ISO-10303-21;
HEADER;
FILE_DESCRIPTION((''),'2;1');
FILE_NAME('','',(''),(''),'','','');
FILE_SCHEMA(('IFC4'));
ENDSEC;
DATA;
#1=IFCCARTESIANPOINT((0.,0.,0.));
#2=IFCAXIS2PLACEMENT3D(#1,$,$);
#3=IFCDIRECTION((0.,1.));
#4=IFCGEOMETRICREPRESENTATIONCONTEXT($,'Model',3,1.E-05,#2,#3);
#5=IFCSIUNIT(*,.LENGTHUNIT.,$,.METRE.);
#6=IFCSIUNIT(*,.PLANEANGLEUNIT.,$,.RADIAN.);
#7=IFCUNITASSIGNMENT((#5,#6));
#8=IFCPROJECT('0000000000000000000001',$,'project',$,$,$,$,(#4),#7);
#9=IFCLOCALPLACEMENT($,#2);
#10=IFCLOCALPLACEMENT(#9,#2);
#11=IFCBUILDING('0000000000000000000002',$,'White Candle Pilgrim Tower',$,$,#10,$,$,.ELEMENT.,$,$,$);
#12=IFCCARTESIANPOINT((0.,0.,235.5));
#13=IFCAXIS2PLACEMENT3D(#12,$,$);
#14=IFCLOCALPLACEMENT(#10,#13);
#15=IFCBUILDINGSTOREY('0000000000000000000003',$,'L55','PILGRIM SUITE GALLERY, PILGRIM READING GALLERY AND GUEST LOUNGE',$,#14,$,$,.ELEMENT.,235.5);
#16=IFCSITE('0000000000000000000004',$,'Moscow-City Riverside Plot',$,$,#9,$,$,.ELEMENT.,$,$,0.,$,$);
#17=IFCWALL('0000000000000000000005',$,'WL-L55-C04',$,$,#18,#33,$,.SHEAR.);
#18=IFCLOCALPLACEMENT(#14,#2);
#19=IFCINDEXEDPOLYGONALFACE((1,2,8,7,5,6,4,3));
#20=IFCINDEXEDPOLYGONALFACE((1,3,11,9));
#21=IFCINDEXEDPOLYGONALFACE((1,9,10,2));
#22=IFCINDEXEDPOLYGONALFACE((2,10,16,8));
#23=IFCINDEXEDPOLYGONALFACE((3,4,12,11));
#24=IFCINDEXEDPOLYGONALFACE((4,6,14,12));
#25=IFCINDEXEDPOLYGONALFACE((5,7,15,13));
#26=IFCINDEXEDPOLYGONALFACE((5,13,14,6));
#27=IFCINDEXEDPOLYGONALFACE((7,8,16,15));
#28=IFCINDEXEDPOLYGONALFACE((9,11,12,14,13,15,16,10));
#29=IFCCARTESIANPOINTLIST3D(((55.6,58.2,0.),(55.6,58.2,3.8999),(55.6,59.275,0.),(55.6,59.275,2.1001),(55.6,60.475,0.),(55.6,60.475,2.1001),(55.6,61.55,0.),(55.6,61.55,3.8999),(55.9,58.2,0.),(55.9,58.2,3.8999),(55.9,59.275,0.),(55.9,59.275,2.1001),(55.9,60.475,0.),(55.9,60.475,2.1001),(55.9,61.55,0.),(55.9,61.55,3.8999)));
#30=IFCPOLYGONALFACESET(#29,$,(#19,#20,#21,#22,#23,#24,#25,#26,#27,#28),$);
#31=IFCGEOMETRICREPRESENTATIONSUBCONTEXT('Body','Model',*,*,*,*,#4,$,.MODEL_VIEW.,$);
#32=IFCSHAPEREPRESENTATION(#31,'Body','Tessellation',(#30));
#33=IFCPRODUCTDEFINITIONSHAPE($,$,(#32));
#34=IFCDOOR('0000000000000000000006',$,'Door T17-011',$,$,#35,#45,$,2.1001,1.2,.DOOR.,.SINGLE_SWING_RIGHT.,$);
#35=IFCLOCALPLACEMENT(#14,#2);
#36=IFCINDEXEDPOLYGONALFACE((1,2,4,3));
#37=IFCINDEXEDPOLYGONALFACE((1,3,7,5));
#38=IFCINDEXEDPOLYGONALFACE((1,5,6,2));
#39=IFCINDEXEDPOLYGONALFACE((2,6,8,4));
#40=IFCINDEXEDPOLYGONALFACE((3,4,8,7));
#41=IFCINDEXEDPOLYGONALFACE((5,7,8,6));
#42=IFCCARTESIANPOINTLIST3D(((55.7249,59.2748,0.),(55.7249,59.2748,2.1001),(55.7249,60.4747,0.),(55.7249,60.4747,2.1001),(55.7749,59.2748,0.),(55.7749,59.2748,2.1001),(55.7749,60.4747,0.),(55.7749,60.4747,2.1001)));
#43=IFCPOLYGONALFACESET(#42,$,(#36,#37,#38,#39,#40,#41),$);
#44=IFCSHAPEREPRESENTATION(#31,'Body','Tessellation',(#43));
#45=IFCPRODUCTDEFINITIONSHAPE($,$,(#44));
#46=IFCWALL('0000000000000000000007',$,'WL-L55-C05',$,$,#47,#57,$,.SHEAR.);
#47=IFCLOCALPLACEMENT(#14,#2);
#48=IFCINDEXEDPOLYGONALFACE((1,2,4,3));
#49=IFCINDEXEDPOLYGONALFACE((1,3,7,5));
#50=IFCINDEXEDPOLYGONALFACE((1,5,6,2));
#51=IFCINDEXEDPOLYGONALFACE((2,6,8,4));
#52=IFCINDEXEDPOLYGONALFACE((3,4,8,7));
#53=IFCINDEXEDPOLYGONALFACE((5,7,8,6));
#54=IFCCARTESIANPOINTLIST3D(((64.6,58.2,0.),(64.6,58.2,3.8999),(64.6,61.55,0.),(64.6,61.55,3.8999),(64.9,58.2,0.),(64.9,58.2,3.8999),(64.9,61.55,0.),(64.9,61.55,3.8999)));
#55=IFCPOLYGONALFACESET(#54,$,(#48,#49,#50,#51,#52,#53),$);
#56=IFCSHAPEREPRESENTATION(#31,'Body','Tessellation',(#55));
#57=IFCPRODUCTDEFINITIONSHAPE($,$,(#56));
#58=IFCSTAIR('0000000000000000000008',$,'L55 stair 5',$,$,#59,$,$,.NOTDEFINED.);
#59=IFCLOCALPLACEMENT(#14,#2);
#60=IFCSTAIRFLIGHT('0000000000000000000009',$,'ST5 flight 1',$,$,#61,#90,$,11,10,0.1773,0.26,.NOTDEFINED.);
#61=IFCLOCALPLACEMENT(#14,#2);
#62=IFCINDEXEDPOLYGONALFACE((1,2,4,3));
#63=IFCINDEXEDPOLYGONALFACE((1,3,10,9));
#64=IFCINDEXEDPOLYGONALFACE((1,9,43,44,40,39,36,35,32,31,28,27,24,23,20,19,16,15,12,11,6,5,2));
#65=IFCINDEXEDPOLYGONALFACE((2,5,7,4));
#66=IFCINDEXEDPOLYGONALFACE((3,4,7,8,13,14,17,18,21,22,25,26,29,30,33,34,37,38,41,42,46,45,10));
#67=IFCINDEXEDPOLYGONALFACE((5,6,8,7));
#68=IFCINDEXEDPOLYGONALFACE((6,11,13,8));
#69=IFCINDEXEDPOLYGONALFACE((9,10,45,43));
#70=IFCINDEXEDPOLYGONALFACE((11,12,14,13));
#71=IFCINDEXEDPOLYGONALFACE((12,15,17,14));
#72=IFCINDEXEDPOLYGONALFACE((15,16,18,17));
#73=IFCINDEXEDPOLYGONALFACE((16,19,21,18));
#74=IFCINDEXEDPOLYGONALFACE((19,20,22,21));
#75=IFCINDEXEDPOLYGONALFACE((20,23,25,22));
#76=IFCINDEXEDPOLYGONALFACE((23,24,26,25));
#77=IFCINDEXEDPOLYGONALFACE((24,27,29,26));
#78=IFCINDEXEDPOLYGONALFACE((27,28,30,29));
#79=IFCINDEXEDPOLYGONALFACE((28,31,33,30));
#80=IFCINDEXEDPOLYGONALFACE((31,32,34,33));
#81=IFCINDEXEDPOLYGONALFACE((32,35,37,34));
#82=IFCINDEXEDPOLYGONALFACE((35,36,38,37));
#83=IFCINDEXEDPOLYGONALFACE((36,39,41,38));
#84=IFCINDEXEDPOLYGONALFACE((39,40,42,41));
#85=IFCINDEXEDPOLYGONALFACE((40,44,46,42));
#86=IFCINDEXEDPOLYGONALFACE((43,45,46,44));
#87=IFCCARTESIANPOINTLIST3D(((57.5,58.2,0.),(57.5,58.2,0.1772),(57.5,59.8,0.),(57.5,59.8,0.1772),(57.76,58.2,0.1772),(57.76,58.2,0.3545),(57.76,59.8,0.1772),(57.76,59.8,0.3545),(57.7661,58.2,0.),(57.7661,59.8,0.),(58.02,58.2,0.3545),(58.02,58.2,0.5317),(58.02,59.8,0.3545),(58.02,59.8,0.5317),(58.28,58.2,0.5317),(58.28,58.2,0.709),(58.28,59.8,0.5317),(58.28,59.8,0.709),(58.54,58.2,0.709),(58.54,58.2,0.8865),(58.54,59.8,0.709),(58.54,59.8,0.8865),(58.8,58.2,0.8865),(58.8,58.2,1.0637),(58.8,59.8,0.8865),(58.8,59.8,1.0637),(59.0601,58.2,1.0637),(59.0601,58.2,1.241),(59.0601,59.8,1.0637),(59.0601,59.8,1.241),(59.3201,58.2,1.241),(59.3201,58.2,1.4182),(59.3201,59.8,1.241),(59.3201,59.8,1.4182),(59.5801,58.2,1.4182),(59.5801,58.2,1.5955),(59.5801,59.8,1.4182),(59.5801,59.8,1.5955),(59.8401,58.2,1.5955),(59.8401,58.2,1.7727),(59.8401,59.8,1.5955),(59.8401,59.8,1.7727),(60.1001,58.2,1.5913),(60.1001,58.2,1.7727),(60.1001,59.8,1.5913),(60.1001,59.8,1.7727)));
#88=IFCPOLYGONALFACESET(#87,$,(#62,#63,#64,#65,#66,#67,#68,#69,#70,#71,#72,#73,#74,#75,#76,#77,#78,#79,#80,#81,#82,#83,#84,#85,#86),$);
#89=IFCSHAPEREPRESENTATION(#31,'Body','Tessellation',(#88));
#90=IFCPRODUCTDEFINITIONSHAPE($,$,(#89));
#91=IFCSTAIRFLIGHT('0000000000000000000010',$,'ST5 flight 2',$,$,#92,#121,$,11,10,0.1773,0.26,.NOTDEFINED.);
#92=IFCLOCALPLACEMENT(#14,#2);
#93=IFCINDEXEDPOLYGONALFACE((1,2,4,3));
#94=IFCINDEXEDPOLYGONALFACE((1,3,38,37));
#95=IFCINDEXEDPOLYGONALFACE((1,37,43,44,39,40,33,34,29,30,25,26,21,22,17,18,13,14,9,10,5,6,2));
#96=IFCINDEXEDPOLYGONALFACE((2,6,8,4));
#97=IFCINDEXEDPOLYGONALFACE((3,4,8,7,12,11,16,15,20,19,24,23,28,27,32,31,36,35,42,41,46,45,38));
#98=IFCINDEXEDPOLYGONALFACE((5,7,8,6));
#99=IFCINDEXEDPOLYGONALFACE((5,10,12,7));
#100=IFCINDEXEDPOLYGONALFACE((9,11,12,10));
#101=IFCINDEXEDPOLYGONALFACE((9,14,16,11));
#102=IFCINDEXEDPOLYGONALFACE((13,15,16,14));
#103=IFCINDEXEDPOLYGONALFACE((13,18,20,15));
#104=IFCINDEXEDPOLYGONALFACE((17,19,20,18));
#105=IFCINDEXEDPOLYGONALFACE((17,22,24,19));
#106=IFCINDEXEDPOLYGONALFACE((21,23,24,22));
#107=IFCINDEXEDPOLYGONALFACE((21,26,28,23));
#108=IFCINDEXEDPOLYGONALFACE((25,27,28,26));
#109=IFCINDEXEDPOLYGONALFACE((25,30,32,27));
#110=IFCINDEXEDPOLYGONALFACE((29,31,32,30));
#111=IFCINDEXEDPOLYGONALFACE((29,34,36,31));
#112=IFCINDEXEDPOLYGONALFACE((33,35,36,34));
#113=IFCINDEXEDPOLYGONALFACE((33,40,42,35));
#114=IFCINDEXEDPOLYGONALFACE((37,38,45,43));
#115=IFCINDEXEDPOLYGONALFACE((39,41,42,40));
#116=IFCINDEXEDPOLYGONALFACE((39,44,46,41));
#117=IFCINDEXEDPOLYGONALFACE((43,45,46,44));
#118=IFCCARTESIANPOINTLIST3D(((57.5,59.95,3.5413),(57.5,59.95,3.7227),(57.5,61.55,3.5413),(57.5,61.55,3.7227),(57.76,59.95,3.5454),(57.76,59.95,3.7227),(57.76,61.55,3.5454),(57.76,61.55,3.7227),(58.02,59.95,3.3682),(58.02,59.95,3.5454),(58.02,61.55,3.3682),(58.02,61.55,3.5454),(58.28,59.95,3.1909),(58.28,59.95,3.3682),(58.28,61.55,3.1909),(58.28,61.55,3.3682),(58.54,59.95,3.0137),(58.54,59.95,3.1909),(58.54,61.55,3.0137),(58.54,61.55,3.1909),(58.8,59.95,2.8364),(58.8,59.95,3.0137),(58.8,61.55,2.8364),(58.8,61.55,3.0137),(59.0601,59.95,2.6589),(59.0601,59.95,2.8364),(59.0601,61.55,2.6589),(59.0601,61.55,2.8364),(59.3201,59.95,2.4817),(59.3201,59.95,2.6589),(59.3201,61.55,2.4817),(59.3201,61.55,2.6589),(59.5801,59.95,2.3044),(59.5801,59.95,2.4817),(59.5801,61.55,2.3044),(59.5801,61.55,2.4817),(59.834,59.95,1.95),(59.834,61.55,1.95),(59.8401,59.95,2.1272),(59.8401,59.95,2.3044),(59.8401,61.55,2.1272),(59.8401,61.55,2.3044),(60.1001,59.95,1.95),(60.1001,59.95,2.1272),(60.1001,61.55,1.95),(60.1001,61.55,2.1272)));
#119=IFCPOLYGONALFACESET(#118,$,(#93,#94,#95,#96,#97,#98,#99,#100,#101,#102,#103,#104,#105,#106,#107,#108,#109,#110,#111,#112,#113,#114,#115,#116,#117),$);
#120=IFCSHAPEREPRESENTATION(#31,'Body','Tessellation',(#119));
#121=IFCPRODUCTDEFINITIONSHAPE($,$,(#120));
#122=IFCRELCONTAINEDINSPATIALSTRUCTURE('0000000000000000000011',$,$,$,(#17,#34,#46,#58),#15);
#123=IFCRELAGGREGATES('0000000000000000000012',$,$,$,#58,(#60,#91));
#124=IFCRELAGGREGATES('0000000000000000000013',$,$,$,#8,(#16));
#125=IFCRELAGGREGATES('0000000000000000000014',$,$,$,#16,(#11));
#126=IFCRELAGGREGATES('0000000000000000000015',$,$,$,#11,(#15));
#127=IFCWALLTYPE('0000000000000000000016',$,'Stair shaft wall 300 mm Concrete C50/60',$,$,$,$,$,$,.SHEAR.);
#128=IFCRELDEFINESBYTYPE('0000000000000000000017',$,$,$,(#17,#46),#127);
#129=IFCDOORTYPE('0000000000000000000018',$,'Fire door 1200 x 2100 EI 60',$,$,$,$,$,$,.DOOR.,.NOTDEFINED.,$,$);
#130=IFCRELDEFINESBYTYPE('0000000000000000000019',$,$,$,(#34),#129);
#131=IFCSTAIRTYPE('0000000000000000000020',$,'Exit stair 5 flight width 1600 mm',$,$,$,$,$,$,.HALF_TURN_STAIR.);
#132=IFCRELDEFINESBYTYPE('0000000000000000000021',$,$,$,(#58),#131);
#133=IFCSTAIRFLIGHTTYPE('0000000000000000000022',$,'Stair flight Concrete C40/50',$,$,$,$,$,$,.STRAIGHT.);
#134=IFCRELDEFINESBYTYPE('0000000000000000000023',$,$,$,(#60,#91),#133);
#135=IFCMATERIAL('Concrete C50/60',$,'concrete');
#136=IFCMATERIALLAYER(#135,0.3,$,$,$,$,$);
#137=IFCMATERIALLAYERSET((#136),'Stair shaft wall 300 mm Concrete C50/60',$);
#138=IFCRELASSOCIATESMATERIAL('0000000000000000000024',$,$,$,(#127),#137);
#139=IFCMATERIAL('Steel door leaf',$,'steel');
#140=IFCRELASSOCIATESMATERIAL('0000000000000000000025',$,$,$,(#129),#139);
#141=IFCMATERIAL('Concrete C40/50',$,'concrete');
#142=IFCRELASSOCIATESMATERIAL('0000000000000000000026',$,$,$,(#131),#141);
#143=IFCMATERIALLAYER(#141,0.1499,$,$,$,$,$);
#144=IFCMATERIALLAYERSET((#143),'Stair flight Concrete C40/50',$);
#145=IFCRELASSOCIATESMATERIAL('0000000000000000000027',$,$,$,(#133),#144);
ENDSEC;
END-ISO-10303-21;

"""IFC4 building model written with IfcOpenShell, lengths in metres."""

from ifc_helpers import new_model, si_unit, direction, frame, frame_2d, origin, place, context, subcontext, project, spatial, polyline, rectangle, outline, extrude, material, layer, layer_set, type_object, element, fill, aggregate, save


model = new_model("IFC4")

# Units and contexts
model_context = context("Model", 3, precision=1e-05, world=origin(), true_north=direction((0.0, 1.0)))
body_context = subcontext(model_context, "Body", "Model", "MODEL_VIEW")
ifc_project = project(units=[si_unit("LENGTHUNIT", "METRE"), si_unit("PLANEANGLEUNIT", "RADIAN")], contexts=[model_context])

# Site, building, storey
site_placement = place(None, origin())
site = spatial("IfcSite", under=ifc_project, at=site_placement, Name="Moscow-City Riverside Plot", CompositionType="ELEMENT", RefElevation=0.0)
building_placement = place(site_placement, origin())
building = spatial("IfcBuilding", under=site, at=building_placement, Name="White Candle Pilgrim Tower", CompositionType="ELEMENT")
storey_placement = place(building_placement, frame((0.0, 0.0, 235.5)))
storey = spatial("IfcBuildingStorey", under=building, at=storey_placement, Name="L55", Description="PILGRIM SUITE GALLERY, PILGRIM READING GALLERY AND GUEST LOUNGE", CompositionType="ELEMENT", Elevation=235.5)

# Shared definitions
ifc_material_1 = material(Name="Concrete C50/60", Category="concrete")

# Shared definitions
ifc_material_2 = material(Name="Steel door leaf", Category="steel")

# Wall, opening, door
ifc_layer_1 = layer(ifc_material_1, 0.3)
ifc_layer_set_1 = layer_set([ifc_layer_1], Name="Stair shaft wall 300 mm Concrete C50/60")
wall_type_1 = type_object("IfcWallType", Name="Stair shaft wall 300 mm Concrete C50/60", PredefinedType="SHEAR", material=ifc_layer_set_1)
wall_1_placement = place(storey_placement, frame((55.75, 58.2, 0.0), z_axis=(0.0, 0.0, 1.0), x_axis=(0.0, 1.0, 0.0)))
wall_1 = element("IfcWall", 1, at=wall_1_placement, inside=storey, type_object=wall_type_1, Name="WL-L55-C04", PredefinedType="SHEAR", context=body_context, shape_type="SweptSolid", body=[
    extrude(rectangle(XDim=3.3501, YDim=0.3, at=frame_2d((1.675, 0.0))), origin(), (0.0, 0.0, 1.0), 3.8999),
])
opening_1_placement = place(wall_1_placement, frame((1.075, 0.0, 0.0)))
opening_1 = element("IfcOpeningElement", 2, at=opening_1_placement, cuts=wall_1, PredefinedType="OPENING", context=body_context, shape_type="SweptSolid", body=[
    extrude(rectangle(XDim=1.2, YDim=2.1001, at=frame_2d((0.6001, 1.05))), frame((0.0, 0.1599, 0.0), z_axis=(0.0, -1.0, 0.0), x_axis=(1.0, 0.0, 0.0)), (0.0, 0.0, 1.0), 0.3201),
])
door_type_1 = type_object("IfcDoorType", Name="Fire door 1200 x 2100 EI 60", OperationType="NOTDEFINED", PredefinedType="DOOR", material=ifc_material_2)
door_1_placement = place(opening_1_placement, frame((1.2, 0.0, 0.0), z_axis=(0.0, 0.0, 1.0), x_axis=(-1.0, 0.0, 0.0)))
door_1 = element("IfcDoor", 3, at=door_1_placement, inside=storey, type_object=door_type_1, Name="Door T17-011", OperationType="SINGLE_SWING_RIGHT", OverallHeight=2.1001, OverallWidth=1.2, PredefinedType="DOOR", context=body_context, shape_type="SweptSolid", body=[
    extrude(rectangle(XDim=1.2, YDim=2.1001, at=frame_2d((0.6001, 1.05))), frame((0.0, 0.0249, 0.0), z_axis=(0.0, -1.0, 0.0), x_axis=(1.0, 0.0, 0.0)), (0.0, 0.0, 1.0), 0.05),
])
fill(opening_1, door_1)

# Wall
wall_2_placement = place(storey_placement, frame((64.75, 58.2, 0.0), z_axis=(0.0, 0.0, 1.0), x_axis=(0.0, 1.0, 0.0)))
element("IfcWall", 4, at=wall_2_placement, inside=storey, type_object=wall_type_1, Name="WL-L55-C05", PredefinedType="SHEAR", context=body_context, shape_type="SweptSolid", body=[
    extrude(rectangle(XDim=3.3501, YDim=0.3, at=frame_2d((1.675, 0.0))), origin(), (0.0, 0.0, 1.0), 3.8999),
])

# Stair, stair flights
ifc_material_3 = material(Name="Concrete C40/50", Category="concrete")
stair_type = type_object("IfcStairType", Name="Exit stair 5 flight width 1600 mm", PredefinedType="HALF_TURN_STAIR", material=ifc_material_3)
stair_placement = place(storey_placement, origin())
stair = element("IfcStair", 5, at=stair_placement, inside=storey, type_object=stair_type, Name="L55 stair 5", PredefinedType="NOTDEFINED")
ifc_layer_2 = layer(ifc_material_3, 0.1499)
ifc_layer_set_2 = layer_set([ifc_layer_2], Name="Stair flight Concrete C40/50")
stair_flight_type = type_object("IfcStairFlightType", Name="Stair flight Concrete C40/50", PredefinedType="STRAIGHT", material=ifc_layer_set_2)
stair_flight_1_placement = place(storey_placement, frame((57.5, 59.0, 0.0), z_axis=(0.0, 0.0, 1.0), x_axis=(1.0, 0.0, 0.0)))
stair_flight_1 = element("IfcStairFlight", 6, at=stair_flight_1_placement, type_object=stair_flight_type, Name="ST5 flight 1", NumberOfRisers=11, NumberOfTreads=10, PredefinedType="NOTDEFINED", RiserHeight=0.1773, TreadLength=0.26, context=body_context, shape_type="SweptSolid", body=[
    extrude(outline(polyline([(0.0, 0.0), (0.0, 0.1772), (0.26, 0.1772), (0.26, 0.3545), (0.52, 0.3545), (0.52, 0.5317), (0.78, 0.5317), (0.78, 0.709), (1.04, 0.709), (1.04, 0.8865), (1.3, 0.8865), (1.3, 1.0637), (1.5601, 1.0637), (1.5601, 1.241), (1.8201, 1.241), (1.8201, 1.4182), (2.0801, 1.4182), (2.0801, 1.5955), (2.3401, 1.5955), (2.3401, 1.7727), (2.6001, 1.7727), (2.6001, 1.95), (2.6001, 1.5913), (0.2661, 0.0), (0.0, 0.0)])), frame((0.0, 0.8, 0.0), z_axis=(0.0, -1.0, 0.0), x_axis=(1.0, 0.0, 0.0)), (0.0, 0.0, 1.0), 1.6001),
])
stair_flight_2_placement = place(storey_placement, frame((60.1001, 60.75, 1.95), z_axis=(0.0, 0.0, 1.0), x_axis=(-1.0, 0.0, 0.0)))
stair_flight_2 = element("IfcStairFlight", 7, at=stair_flight_2_placement, type_object=stair_flight_type, Name="ST5 flight 2", NumberOfRisers=11, NumberOfTreads=10, PredefinedType="NOTDEFINED", RiserHeight=0.1773, TreadLength=0.26, context=body_context, shape_type="SweptSolid", body=[
    extrude(outline(polyline([(0.0, 0.0), (0.0, 0.1772), (0.26, 0.1772), (0.26, 0.3545), (0.52, 0.3545), (0.52, 0.5317), (0.78, 0.5317), (0.78, 0.709), (1.04, 0.709), (1.04, 0.8865), (1.3, 0.8865), (1.3, 1.0637), (1.5601, 1.0637), (1.5601, 1.241), (1.8201, 1.241), (1.8201, 1.4182), (2.0801, 1.4182), (2.0801, 1.5955), (2.3401, 1.5955), (2.3401, 1.7727), (2.6001, 1.7727), (2.6001, 1.95), (2.6001, 1.5913), (0.2661, 0.0), (0.0, 0.0)])), frame((0.0, 0.8, 0.0), z_axis=(0.0, -1.0, 0.0), x_axis=(1.0, 0.0, 0.0)), (0.0, 0.0, 1.0), 1.6001),
])
aggregate(stair, [stair_flight_1, stair_flight_2])

save(model, "model.ifc")
